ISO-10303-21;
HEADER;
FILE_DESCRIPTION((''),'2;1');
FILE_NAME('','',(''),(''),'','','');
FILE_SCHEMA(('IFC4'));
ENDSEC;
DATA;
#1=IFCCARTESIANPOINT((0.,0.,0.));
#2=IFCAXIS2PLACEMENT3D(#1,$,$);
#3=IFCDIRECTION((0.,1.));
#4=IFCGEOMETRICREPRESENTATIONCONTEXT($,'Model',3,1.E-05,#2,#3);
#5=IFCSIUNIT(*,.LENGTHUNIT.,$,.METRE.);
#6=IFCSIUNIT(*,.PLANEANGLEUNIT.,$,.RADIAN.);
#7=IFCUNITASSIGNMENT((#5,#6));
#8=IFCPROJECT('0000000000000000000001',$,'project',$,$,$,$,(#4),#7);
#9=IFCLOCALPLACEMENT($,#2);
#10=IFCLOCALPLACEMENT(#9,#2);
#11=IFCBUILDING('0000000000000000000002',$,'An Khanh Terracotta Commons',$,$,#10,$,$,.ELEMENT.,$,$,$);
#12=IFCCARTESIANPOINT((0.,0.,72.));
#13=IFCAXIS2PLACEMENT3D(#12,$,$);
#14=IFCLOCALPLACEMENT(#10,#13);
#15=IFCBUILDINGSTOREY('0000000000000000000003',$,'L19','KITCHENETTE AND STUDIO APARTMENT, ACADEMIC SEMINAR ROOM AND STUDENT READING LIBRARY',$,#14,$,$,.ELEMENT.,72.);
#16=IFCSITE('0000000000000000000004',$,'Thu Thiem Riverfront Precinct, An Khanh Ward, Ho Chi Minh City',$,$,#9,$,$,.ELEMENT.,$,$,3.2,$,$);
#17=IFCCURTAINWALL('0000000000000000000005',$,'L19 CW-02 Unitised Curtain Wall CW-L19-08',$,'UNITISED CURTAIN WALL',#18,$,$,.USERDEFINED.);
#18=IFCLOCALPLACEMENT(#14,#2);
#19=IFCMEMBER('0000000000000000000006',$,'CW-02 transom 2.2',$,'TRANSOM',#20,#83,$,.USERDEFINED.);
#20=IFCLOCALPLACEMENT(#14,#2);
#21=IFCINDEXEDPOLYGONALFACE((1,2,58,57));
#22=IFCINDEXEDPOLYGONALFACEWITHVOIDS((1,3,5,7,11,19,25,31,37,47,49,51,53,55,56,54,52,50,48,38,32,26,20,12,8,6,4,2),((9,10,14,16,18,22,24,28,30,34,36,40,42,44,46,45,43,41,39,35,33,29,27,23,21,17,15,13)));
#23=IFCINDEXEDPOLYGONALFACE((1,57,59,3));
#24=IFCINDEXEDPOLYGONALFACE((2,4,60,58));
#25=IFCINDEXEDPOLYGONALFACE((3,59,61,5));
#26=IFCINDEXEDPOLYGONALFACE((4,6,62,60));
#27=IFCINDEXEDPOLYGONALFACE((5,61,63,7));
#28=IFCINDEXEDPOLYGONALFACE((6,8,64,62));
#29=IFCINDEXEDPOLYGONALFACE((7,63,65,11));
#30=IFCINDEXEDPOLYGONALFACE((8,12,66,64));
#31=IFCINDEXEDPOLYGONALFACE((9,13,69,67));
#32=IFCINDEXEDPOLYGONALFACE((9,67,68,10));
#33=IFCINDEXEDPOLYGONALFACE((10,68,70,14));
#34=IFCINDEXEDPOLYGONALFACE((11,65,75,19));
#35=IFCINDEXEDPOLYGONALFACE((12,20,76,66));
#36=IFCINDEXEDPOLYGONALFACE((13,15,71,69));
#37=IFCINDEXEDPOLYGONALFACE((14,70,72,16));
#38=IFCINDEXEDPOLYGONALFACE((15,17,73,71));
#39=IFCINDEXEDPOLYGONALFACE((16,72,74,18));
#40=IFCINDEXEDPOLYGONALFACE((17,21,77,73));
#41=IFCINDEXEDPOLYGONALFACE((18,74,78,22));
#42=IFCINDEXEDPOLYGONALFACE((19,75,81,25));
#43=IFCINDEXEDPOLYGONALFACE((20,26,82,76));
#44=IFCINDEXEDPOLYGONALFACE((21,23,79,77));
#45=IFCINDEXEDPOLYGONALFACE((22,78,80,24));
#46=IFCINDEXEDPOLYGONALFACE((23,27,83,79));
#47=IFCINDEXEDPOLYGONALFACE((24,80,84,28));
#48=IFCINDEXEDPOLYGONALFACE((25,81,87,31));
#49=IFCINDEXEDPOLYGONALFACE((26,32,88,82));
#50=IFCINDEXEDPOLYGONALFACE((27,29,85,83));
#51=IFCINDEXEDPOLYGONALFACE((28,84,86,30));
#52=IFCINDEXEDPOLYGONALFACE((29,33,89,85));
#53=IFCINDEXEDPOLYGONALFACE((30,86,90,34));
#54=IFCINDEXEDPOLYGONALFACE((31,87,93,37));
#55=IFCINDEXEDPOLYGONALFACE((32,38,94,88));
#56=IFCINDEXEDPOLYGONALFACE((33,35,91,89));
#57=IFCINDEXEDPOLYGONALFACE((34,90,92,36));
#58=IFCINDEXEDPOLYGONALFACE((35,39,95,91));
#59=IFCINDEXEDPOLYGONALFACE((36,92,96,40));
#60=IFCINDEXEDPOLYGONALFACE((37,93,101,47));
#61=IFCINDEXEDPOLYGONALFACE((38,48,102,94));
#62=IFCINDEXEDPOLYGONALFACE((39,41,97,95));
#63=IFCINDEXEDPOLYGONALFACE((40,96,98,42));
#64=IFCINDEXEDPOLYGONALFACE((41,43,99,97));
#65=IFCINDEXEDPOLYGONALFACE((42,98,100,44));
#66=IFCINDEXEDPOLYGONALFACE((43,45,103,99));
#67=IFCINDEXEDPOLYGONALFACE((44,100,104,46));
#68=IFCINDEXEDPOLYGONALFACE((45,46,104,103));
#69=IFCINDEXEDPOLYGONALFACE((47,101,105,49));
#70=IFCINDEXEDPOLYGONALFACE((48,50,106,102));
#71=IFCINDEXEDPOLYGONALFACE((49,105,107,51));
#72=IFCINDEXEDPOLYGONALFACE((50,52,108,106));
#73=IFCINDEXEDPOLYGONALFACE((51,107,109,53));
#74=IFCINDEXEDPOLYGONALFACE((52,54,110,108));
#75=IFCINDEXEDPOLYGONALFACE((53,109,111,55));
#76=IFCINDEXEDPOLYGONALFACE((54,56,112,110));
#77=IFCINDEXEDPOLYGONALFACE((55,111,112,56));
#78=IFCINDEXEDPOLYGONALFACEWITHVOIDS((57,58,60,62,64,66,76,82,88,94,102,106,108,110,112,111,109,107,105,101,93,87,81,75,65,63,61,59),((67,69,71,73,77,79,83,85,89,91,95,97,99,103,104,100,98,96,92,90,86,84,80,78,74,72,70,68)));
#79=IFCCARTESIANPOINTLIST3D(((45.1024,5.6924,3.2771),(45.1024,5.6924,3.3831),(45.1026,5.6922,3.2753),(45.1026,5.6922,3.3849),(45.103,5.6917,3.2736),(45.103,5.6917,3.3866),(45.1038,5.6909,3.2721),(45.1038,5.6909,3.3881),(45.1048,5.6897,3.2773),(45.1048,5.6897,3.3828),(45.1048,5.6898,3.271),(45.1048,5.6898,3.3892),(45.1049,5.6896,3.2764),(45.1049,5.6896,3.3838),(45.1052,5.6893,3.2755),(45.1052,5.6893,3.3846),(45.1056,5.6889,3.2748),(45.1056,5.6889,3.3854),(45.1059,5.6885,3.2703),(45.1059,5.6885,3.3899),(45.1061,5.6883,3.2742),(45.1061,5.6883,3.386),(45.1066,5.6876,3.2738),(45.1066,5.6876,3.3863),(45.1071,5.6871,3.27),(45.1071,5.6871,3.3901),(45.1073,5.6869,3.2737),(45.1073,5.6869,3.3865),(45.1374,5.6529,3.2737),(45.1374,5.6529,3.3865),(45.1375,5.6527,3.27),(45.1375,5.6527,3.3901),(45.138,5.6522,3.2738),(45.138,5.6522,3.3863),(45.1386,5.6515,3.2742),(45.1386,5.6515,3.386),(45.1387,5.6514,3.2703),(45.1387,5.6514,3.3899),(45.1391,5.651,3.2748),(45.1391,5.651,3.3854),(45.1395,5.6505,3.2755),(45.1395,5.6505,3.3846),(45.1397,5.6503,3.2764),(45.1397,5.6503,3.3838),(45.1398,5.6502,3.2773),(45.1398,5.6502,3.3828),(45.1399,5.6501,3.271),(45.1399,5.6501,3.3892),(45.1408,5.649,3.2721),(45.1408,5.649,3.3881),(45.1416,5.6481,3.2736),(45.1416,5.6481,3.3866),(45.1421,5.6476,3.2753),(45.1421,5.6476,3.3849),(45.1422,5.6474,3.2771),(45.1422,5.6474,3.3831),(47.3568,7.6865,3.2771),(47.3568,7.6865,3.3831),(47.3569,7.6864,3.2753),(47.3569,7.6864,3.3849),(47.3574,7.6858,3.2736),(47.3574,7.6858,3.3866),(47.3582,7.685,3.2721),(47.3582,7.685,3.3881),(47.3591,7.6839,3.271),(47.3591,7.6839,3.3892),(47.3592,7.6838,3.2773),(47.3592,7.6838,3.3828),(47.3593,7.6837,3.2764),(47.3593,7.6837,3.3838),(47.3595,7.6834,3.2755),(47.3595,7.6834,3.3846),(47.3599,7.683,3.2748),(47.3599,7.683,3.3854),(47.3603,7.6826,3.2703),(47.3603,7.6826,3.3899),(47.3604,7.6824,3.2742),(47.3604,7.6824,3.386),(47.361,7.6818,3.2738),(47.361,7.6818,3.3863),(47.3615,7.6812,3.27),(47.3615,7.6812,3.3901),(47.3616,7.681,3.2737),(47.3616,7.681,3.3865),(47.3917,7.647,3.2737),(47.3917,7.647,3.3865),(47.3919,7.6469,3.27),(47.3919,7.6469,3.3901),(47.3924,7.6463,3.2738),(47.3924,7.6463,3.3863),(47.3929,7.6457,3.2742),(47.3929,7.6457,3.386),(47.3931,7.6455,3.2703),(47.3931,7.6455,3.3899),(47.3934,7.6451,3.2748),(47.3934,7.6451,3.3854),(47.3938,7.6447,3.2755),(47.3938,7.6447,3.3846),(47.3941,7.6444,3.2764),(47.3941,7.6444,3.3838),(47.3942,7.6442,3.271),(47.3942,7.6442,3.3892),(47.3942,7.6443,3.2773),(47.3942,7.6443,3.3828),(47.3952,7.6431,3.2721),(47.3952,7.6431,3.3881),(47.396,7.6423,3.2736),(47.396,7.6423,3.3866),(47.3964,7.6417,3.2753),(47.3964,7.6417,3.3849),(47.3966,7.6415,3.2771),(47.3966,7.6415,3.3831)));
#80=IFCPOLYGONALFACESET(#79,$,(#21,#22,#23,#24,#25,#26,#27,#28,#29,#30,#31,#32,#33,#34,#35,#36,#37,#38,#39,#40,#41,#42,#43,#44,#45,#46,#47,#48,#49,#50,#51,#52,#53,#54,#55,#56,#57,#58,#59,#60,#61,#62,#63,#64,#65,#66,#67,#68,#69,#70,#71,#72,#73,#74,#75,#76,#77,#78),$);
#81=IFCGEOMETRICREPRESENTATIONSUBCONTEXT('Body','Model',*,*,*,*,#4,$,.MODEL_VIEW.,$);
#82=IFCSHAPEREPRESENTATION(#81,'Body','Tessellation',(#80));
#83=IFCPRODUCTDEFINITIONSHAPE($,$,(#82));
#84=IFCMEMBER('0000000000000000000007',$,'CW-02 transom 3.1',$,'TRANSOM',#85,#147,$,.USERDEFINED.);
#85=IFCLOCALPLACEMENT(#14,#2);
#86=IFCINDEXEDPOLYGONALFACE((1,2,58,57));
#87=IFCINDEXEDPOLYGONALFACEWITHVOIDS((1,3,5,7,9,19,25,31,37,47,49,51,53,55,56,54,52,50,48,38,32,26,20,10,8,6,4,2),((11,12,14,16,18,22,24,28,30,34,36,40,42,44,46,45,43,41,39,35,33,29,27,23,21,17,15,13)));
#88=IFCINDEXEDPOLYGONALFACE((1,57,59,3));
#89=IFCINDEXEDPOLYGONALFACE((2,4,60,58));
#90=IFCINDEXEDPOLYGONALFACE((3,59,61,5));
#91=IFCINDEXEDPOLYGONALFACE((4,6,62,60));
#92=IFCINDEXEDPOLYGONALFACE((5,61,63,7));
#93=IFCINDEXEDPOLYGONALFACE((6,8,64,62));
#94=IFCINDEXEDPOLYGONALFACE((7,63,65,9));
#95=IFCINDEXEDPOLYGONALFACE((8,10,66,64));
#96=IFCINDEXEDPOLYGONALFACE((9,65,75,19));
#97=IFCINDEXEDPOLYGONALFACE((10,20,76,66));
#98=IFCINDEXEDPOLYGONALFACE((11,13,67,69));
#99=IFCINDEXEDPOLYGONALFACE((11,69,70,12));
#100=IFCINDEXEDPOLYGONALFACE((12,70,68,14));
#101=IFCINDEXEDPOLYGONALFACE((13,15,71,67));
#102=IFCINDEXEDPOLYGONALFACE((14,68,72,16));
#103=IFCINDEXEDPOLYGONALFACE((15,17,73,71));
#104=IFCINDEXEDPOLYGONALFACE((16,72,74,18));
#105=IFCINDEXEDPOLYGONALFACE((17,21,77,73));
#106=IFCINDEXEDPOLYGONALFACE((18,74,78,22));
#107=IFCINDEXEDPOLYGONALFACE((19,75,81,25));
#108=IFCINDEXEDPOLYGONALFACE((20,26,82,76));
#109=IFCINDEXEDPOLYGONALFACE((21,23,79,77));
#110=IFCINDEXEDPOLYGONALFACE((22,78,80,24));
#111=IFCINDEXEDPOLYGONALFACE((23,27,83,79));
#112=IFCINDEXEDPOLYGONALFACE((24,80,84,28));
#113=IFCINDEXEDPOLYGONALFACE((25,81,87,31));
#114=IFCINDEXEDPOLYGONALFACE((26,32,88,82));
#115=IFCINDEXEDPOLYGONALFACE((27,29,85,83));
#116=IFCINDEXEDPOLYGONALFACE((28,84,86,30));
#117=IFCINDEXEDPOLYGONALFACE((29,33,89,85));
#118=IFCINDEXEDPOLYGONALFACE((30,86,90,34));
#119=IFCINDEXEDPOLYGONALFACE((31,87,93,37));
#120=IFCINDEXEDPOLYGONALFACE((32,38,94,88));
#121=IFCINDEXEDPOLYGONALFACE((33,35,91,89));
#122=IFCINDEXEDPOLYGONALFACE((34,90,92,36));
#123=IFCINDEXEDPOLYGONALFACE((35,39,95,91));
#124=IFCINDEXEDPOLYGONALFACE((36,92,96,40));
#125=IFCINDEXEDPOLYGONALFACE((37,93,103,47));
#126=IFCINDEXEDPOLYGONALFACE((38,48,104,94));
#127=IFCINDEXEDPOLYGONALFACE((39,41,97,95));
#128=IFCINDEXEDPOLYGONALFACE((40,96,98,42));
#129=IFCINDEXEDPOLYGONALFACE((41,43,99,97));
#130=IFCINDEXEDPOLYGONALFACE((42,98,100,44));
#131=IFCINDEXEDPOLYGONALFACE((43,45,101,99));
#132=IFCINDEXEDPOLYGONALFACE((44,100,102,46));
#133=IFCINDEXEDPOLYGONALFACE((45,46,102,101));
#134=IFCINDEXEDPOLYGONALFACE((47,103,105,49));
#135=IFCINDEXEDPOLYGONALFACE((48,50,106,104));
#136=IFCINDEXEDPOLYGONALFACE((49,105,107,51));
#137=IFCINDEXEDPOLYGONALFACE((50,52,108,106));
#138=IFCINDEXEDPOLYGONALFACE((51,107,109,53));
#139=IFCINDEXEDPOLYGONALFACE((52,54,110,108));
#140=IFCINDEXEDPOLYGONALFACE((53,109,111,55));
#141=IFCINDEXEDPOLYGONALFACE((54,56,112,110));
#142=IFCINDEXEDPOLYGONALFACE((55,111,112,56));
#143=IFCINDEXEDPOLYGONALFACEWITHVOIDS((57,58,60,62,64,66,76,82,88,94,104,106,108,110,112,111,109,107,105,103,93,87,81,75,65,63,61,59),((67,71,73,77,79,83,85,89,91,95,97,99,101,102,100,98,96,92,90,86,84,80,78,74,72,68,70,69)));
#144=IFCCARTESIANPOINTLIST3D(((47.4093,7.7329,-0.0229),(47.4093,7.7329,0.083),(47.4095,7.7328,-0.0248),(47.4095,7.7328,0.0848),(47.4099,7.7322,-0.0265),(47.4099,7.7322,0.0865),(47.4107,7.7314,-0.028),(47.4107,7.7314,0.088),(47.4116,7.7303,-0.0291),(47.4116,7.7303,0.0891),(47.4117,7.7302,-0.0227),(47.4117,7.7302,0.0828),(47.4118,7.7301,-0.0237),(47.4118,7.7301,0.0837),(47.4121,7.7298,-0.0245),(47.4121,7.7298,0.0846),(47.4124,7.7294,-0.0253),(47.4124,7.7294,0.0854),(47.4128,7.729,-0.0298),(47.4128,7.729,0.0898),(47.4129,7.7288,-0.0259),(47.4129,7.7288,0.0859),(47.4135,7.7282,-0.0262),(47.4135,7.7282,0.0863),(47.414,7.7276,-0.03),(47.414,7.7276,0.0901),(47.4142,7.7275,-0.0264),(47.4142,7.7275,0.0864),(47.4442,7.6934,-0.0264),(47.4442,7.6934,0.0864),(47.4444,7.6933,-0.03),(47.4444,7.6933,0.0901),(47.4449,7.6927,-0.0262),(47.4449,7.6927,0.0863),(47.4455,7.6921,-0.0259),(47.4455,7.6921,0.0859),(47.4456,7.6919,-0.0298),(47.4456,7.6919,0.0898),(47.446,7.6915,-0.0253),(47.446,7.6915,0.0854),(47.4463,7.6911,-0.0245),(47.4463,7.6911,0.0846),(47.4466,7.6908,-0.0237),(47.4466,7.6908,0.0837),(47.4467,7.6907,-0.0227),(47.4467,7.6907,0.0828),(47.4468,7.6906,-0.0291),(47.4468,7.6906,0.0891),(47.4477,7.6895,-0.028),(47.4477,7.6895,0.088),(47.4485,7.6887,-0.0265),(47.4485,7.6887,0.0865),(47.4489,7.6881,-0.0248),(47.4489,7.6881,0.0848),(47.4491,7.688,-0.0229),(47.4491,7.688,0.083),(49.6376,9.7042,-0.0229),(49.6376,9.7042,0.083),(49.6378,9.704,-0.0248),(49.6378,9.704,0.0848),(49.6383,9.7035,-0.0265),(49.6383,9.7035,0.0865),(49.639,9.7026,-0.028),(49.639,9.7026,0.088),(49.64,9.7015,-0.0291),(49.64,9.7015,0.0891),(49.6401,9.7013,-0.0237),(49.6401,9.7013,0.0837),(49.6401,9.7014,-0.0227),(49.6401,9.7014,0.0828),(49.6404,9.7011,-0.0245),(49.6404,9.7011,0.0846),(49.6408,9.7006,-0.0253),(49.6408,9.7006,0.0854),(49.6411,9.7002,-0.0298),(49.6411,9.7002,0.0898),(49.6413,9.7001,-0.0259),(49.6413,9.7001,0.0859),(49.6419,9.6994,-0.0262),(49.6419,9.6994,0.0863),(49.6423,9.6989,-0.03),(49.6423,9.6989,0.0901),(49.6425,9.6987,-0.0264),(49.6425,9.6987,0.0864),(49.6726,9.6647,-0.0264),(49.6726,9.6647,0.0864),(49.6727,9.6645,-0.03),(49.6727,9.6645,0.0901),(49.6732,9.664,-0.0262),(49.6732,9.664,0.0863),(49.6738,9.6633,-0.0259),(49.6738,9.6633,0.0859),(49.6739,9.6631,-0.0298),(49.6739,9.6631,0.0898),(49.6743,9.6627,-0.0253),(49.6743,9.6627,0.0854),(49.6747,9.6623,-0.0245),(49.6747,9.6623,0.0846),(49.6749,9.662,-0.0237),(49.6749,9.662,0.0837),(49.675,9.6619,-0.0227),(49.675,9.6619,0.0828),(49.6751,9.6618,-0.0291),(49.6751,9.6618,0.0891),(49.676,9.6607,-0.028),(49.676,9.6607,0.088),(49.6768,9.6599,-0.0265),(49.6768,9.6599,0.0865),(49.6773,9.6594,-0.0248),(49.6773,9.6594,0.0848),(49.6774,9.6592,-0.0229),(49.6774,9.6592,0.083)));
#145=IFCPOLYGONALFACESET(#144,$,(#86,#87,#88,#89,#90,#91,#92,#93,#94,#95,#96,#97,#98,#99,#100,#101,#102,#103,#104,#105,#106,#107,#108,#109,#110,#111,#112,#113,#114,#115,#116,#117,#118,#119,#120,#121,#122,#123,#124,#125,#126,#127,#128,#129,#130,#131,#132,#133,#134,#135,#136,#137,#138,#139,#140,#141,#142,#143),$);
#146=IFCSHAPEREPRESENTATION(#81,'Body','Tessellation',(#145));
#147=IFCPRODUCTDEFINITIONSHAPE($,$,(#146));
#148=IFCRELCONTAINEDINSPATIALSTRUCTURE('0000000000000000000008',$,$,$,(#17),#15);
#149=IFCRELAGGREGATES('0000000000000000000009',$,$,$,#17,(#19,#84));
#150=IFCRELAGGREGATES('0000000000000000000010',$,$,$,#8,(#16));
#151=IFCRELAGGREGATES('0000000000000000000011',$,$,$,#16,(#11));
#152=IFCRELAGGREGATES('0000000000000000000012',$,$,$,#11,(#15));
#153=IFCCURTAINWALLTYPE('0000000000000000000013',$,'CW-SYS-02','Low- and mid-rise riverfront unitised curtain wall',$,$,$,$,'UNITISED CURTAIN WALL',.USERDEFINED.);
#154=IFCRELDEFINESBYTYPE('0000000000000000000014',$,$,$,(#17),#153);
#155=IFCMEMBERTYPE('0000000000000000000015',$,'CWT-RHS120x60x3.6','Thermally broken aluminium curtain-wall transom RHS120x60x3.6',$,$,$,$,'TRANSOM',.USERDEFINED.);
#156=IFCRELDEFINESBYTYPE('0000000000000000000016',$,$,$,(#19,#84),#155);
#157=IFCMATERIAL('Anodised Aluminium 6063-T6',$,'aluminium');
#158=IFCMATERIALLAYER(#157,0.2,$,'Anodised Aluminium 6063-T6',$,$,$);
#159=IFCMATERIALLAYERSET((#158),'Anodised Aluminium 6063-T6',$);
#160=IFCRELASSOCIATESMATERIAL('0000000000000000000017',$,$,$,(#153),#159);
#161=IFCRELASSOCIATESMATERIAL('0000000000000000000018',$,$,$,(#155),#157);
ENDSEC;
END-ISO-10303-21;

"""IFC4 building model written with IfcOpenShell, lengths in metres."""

from ifc_helpers import new_model, si_unit, direction, frame, origin, origin_2d, place, context, subcontext, project, spatial, hollow_rectangle, extrude, material, layer, layer_set, material_profile, profile_set, type_object, element, aggregate, save


model = new_model("IFC4")

# Units and contexts
model_context = context("Model", 3, precision=1e-05, world=origin(), true_north=direction((0.0, 1.0)))
body_context = subcontext(model_context, "Body", "Model", "MODEL_VIEW")
ifc_project = project(units=[si_unit("LENGTHUNIT", "METRE"), si_unit("PLANEANGLEUNIT", "RADIAN")], contexts=[model_context])

# Site, building, storey
site_placement = place(None, origin())
site = spatial("IfcSite", under=ifc_project, at=site_placement, Name="Thu Thiem Riverfront Precinct, An Khanh Ward, Ho Chi Minh City", CompositionType="ELEMENT", RefElevation=3.2)
building_placement = place(site_placement, origin())
building = spatial("IfcBuilding", under=site, at=building_placement, Name="An Khanh Terracotta Commons", CompositionType="ELEMENT")
storey_placement = place(building_placement, frame((0.0, 0.0, 72.0)))
storey = spatial("IfcBuildingStorey", under=building, at=storey_placement, Name="L19", Description="KITCHENETTE AND STUDIO APARTMENT, ACADEMIC SEMINAR ROOM AND STUDENT READING LIBRARY", CompositionType="ELEMENT", Elevation=72.0)

# Curtain wall
ifc_material_1 = material(Name="Anodised Aluminium 6063-T6", Category="aluminium")
ifc_layer_1 = layer(ifc_material_1, 0.2, Name="Anodised Aluminium 6063-T6")
ifc_layer_set_1 = layer_set([ifc_layer_1], Name="Anodised Aluminium 6063-T6")
curtain_wall_type = type_object("IfcCurtainWallType", Name="CW-SYS-02", Description="Low- and mid-rise riverfront unitised curtain wall", ElementType="UNITISED CURTAIN WALL", PredefinedType="USERDEFINED", material=ifc_layer_set_1)
curtain_wall_1_placement = place(storey_placement, origin())
curtain_wall_1 = element("IfcCurtainWall", 1, at=curtain_wall_1_placement, inside=storey, type_object=curtain_wall_type, Name="L19 CW-02 Unitised Curtain Wall CW-L19-08", ObjectType="UNITISED CURTAIN WALL", PredefinedType="USERDEFINED")

# Members
ifc_material_profile_1 = material_profile(ifc_material_1, hollow_rectangle(XDim=0.0601, YDim=0.1201, WallThickness=0.0037, InnerFilletRadius=0.0037, OuterFilletRadius=0.0071, at=origin_2d()), Name="RHS120x60x3.6")
ifc_profile_set_1 = profile_set([ifc_material_profile_1], Name="Anodised Aluminium 6063-T6")
member_type_1 = type_object("IfcMemberType", Name="CWT-RHS120x60x3.6", Description="Thermally broken aluminium curtain-wall transom RHS120x60x3.6", ElementType="TRANSOM", PredefinedType="USERDEFINED", material=ifc_profile_set_1)
member_1_placement = place(storey_placement, frame((45.1223, 5.6699, 3.3301), z_axis=(0.749018, 0.662549, 0.0), x_axis=(-0.662549, 0.749018, 0.0)))
member_1 = element("IfcMember", 2, at=member_1_placement, type_object=member_type_1, Name="CW-02 transom 2.2", ObjectType="TRANSOM", PredefinedType="USERDEFINED", context=body_context, shape_type="SweptSolid", body=[
    extrude(hollow_rectangle(XDim=0.0601, YDim=0.1201, WallThickness=0.0037, InnerFilletRadius=0.0037, OuterFilletRadius=0.0071, at=origin_2d()), origin(), (0.0, 0.0, 1.0), 3.0098),
])
member_2_placement = place(storey_placement, frame((47.4292, 7.7104, 0.03), z_axis=(0.748992, 0.662579, 0.0), x_axis=(-0.662579, 0.748992, 0.0)))
member_2 = element("IfcMember", 3, at=member_2_placement, type_object=member_type_1, Name="CW-02 transom 3.1", ObjectType="TRANSOM", PredefinedType="USERDEFINED", context=body_context, shape_type="SweptSolid", body=[
    extrude(hollow_rectangle(XDim=0.0601, YDim=0.1201, WallThickness=0.0037, InnerFilletRadius=0.0037, OuterFilletRadius=0.0071, at=origin_2d()), origin(), (0.0, 0.0, 1.0), 2.9751),
])

aggregate(curtain_wall_1, [member_1, member_2])

save(model, "model.ifc")
